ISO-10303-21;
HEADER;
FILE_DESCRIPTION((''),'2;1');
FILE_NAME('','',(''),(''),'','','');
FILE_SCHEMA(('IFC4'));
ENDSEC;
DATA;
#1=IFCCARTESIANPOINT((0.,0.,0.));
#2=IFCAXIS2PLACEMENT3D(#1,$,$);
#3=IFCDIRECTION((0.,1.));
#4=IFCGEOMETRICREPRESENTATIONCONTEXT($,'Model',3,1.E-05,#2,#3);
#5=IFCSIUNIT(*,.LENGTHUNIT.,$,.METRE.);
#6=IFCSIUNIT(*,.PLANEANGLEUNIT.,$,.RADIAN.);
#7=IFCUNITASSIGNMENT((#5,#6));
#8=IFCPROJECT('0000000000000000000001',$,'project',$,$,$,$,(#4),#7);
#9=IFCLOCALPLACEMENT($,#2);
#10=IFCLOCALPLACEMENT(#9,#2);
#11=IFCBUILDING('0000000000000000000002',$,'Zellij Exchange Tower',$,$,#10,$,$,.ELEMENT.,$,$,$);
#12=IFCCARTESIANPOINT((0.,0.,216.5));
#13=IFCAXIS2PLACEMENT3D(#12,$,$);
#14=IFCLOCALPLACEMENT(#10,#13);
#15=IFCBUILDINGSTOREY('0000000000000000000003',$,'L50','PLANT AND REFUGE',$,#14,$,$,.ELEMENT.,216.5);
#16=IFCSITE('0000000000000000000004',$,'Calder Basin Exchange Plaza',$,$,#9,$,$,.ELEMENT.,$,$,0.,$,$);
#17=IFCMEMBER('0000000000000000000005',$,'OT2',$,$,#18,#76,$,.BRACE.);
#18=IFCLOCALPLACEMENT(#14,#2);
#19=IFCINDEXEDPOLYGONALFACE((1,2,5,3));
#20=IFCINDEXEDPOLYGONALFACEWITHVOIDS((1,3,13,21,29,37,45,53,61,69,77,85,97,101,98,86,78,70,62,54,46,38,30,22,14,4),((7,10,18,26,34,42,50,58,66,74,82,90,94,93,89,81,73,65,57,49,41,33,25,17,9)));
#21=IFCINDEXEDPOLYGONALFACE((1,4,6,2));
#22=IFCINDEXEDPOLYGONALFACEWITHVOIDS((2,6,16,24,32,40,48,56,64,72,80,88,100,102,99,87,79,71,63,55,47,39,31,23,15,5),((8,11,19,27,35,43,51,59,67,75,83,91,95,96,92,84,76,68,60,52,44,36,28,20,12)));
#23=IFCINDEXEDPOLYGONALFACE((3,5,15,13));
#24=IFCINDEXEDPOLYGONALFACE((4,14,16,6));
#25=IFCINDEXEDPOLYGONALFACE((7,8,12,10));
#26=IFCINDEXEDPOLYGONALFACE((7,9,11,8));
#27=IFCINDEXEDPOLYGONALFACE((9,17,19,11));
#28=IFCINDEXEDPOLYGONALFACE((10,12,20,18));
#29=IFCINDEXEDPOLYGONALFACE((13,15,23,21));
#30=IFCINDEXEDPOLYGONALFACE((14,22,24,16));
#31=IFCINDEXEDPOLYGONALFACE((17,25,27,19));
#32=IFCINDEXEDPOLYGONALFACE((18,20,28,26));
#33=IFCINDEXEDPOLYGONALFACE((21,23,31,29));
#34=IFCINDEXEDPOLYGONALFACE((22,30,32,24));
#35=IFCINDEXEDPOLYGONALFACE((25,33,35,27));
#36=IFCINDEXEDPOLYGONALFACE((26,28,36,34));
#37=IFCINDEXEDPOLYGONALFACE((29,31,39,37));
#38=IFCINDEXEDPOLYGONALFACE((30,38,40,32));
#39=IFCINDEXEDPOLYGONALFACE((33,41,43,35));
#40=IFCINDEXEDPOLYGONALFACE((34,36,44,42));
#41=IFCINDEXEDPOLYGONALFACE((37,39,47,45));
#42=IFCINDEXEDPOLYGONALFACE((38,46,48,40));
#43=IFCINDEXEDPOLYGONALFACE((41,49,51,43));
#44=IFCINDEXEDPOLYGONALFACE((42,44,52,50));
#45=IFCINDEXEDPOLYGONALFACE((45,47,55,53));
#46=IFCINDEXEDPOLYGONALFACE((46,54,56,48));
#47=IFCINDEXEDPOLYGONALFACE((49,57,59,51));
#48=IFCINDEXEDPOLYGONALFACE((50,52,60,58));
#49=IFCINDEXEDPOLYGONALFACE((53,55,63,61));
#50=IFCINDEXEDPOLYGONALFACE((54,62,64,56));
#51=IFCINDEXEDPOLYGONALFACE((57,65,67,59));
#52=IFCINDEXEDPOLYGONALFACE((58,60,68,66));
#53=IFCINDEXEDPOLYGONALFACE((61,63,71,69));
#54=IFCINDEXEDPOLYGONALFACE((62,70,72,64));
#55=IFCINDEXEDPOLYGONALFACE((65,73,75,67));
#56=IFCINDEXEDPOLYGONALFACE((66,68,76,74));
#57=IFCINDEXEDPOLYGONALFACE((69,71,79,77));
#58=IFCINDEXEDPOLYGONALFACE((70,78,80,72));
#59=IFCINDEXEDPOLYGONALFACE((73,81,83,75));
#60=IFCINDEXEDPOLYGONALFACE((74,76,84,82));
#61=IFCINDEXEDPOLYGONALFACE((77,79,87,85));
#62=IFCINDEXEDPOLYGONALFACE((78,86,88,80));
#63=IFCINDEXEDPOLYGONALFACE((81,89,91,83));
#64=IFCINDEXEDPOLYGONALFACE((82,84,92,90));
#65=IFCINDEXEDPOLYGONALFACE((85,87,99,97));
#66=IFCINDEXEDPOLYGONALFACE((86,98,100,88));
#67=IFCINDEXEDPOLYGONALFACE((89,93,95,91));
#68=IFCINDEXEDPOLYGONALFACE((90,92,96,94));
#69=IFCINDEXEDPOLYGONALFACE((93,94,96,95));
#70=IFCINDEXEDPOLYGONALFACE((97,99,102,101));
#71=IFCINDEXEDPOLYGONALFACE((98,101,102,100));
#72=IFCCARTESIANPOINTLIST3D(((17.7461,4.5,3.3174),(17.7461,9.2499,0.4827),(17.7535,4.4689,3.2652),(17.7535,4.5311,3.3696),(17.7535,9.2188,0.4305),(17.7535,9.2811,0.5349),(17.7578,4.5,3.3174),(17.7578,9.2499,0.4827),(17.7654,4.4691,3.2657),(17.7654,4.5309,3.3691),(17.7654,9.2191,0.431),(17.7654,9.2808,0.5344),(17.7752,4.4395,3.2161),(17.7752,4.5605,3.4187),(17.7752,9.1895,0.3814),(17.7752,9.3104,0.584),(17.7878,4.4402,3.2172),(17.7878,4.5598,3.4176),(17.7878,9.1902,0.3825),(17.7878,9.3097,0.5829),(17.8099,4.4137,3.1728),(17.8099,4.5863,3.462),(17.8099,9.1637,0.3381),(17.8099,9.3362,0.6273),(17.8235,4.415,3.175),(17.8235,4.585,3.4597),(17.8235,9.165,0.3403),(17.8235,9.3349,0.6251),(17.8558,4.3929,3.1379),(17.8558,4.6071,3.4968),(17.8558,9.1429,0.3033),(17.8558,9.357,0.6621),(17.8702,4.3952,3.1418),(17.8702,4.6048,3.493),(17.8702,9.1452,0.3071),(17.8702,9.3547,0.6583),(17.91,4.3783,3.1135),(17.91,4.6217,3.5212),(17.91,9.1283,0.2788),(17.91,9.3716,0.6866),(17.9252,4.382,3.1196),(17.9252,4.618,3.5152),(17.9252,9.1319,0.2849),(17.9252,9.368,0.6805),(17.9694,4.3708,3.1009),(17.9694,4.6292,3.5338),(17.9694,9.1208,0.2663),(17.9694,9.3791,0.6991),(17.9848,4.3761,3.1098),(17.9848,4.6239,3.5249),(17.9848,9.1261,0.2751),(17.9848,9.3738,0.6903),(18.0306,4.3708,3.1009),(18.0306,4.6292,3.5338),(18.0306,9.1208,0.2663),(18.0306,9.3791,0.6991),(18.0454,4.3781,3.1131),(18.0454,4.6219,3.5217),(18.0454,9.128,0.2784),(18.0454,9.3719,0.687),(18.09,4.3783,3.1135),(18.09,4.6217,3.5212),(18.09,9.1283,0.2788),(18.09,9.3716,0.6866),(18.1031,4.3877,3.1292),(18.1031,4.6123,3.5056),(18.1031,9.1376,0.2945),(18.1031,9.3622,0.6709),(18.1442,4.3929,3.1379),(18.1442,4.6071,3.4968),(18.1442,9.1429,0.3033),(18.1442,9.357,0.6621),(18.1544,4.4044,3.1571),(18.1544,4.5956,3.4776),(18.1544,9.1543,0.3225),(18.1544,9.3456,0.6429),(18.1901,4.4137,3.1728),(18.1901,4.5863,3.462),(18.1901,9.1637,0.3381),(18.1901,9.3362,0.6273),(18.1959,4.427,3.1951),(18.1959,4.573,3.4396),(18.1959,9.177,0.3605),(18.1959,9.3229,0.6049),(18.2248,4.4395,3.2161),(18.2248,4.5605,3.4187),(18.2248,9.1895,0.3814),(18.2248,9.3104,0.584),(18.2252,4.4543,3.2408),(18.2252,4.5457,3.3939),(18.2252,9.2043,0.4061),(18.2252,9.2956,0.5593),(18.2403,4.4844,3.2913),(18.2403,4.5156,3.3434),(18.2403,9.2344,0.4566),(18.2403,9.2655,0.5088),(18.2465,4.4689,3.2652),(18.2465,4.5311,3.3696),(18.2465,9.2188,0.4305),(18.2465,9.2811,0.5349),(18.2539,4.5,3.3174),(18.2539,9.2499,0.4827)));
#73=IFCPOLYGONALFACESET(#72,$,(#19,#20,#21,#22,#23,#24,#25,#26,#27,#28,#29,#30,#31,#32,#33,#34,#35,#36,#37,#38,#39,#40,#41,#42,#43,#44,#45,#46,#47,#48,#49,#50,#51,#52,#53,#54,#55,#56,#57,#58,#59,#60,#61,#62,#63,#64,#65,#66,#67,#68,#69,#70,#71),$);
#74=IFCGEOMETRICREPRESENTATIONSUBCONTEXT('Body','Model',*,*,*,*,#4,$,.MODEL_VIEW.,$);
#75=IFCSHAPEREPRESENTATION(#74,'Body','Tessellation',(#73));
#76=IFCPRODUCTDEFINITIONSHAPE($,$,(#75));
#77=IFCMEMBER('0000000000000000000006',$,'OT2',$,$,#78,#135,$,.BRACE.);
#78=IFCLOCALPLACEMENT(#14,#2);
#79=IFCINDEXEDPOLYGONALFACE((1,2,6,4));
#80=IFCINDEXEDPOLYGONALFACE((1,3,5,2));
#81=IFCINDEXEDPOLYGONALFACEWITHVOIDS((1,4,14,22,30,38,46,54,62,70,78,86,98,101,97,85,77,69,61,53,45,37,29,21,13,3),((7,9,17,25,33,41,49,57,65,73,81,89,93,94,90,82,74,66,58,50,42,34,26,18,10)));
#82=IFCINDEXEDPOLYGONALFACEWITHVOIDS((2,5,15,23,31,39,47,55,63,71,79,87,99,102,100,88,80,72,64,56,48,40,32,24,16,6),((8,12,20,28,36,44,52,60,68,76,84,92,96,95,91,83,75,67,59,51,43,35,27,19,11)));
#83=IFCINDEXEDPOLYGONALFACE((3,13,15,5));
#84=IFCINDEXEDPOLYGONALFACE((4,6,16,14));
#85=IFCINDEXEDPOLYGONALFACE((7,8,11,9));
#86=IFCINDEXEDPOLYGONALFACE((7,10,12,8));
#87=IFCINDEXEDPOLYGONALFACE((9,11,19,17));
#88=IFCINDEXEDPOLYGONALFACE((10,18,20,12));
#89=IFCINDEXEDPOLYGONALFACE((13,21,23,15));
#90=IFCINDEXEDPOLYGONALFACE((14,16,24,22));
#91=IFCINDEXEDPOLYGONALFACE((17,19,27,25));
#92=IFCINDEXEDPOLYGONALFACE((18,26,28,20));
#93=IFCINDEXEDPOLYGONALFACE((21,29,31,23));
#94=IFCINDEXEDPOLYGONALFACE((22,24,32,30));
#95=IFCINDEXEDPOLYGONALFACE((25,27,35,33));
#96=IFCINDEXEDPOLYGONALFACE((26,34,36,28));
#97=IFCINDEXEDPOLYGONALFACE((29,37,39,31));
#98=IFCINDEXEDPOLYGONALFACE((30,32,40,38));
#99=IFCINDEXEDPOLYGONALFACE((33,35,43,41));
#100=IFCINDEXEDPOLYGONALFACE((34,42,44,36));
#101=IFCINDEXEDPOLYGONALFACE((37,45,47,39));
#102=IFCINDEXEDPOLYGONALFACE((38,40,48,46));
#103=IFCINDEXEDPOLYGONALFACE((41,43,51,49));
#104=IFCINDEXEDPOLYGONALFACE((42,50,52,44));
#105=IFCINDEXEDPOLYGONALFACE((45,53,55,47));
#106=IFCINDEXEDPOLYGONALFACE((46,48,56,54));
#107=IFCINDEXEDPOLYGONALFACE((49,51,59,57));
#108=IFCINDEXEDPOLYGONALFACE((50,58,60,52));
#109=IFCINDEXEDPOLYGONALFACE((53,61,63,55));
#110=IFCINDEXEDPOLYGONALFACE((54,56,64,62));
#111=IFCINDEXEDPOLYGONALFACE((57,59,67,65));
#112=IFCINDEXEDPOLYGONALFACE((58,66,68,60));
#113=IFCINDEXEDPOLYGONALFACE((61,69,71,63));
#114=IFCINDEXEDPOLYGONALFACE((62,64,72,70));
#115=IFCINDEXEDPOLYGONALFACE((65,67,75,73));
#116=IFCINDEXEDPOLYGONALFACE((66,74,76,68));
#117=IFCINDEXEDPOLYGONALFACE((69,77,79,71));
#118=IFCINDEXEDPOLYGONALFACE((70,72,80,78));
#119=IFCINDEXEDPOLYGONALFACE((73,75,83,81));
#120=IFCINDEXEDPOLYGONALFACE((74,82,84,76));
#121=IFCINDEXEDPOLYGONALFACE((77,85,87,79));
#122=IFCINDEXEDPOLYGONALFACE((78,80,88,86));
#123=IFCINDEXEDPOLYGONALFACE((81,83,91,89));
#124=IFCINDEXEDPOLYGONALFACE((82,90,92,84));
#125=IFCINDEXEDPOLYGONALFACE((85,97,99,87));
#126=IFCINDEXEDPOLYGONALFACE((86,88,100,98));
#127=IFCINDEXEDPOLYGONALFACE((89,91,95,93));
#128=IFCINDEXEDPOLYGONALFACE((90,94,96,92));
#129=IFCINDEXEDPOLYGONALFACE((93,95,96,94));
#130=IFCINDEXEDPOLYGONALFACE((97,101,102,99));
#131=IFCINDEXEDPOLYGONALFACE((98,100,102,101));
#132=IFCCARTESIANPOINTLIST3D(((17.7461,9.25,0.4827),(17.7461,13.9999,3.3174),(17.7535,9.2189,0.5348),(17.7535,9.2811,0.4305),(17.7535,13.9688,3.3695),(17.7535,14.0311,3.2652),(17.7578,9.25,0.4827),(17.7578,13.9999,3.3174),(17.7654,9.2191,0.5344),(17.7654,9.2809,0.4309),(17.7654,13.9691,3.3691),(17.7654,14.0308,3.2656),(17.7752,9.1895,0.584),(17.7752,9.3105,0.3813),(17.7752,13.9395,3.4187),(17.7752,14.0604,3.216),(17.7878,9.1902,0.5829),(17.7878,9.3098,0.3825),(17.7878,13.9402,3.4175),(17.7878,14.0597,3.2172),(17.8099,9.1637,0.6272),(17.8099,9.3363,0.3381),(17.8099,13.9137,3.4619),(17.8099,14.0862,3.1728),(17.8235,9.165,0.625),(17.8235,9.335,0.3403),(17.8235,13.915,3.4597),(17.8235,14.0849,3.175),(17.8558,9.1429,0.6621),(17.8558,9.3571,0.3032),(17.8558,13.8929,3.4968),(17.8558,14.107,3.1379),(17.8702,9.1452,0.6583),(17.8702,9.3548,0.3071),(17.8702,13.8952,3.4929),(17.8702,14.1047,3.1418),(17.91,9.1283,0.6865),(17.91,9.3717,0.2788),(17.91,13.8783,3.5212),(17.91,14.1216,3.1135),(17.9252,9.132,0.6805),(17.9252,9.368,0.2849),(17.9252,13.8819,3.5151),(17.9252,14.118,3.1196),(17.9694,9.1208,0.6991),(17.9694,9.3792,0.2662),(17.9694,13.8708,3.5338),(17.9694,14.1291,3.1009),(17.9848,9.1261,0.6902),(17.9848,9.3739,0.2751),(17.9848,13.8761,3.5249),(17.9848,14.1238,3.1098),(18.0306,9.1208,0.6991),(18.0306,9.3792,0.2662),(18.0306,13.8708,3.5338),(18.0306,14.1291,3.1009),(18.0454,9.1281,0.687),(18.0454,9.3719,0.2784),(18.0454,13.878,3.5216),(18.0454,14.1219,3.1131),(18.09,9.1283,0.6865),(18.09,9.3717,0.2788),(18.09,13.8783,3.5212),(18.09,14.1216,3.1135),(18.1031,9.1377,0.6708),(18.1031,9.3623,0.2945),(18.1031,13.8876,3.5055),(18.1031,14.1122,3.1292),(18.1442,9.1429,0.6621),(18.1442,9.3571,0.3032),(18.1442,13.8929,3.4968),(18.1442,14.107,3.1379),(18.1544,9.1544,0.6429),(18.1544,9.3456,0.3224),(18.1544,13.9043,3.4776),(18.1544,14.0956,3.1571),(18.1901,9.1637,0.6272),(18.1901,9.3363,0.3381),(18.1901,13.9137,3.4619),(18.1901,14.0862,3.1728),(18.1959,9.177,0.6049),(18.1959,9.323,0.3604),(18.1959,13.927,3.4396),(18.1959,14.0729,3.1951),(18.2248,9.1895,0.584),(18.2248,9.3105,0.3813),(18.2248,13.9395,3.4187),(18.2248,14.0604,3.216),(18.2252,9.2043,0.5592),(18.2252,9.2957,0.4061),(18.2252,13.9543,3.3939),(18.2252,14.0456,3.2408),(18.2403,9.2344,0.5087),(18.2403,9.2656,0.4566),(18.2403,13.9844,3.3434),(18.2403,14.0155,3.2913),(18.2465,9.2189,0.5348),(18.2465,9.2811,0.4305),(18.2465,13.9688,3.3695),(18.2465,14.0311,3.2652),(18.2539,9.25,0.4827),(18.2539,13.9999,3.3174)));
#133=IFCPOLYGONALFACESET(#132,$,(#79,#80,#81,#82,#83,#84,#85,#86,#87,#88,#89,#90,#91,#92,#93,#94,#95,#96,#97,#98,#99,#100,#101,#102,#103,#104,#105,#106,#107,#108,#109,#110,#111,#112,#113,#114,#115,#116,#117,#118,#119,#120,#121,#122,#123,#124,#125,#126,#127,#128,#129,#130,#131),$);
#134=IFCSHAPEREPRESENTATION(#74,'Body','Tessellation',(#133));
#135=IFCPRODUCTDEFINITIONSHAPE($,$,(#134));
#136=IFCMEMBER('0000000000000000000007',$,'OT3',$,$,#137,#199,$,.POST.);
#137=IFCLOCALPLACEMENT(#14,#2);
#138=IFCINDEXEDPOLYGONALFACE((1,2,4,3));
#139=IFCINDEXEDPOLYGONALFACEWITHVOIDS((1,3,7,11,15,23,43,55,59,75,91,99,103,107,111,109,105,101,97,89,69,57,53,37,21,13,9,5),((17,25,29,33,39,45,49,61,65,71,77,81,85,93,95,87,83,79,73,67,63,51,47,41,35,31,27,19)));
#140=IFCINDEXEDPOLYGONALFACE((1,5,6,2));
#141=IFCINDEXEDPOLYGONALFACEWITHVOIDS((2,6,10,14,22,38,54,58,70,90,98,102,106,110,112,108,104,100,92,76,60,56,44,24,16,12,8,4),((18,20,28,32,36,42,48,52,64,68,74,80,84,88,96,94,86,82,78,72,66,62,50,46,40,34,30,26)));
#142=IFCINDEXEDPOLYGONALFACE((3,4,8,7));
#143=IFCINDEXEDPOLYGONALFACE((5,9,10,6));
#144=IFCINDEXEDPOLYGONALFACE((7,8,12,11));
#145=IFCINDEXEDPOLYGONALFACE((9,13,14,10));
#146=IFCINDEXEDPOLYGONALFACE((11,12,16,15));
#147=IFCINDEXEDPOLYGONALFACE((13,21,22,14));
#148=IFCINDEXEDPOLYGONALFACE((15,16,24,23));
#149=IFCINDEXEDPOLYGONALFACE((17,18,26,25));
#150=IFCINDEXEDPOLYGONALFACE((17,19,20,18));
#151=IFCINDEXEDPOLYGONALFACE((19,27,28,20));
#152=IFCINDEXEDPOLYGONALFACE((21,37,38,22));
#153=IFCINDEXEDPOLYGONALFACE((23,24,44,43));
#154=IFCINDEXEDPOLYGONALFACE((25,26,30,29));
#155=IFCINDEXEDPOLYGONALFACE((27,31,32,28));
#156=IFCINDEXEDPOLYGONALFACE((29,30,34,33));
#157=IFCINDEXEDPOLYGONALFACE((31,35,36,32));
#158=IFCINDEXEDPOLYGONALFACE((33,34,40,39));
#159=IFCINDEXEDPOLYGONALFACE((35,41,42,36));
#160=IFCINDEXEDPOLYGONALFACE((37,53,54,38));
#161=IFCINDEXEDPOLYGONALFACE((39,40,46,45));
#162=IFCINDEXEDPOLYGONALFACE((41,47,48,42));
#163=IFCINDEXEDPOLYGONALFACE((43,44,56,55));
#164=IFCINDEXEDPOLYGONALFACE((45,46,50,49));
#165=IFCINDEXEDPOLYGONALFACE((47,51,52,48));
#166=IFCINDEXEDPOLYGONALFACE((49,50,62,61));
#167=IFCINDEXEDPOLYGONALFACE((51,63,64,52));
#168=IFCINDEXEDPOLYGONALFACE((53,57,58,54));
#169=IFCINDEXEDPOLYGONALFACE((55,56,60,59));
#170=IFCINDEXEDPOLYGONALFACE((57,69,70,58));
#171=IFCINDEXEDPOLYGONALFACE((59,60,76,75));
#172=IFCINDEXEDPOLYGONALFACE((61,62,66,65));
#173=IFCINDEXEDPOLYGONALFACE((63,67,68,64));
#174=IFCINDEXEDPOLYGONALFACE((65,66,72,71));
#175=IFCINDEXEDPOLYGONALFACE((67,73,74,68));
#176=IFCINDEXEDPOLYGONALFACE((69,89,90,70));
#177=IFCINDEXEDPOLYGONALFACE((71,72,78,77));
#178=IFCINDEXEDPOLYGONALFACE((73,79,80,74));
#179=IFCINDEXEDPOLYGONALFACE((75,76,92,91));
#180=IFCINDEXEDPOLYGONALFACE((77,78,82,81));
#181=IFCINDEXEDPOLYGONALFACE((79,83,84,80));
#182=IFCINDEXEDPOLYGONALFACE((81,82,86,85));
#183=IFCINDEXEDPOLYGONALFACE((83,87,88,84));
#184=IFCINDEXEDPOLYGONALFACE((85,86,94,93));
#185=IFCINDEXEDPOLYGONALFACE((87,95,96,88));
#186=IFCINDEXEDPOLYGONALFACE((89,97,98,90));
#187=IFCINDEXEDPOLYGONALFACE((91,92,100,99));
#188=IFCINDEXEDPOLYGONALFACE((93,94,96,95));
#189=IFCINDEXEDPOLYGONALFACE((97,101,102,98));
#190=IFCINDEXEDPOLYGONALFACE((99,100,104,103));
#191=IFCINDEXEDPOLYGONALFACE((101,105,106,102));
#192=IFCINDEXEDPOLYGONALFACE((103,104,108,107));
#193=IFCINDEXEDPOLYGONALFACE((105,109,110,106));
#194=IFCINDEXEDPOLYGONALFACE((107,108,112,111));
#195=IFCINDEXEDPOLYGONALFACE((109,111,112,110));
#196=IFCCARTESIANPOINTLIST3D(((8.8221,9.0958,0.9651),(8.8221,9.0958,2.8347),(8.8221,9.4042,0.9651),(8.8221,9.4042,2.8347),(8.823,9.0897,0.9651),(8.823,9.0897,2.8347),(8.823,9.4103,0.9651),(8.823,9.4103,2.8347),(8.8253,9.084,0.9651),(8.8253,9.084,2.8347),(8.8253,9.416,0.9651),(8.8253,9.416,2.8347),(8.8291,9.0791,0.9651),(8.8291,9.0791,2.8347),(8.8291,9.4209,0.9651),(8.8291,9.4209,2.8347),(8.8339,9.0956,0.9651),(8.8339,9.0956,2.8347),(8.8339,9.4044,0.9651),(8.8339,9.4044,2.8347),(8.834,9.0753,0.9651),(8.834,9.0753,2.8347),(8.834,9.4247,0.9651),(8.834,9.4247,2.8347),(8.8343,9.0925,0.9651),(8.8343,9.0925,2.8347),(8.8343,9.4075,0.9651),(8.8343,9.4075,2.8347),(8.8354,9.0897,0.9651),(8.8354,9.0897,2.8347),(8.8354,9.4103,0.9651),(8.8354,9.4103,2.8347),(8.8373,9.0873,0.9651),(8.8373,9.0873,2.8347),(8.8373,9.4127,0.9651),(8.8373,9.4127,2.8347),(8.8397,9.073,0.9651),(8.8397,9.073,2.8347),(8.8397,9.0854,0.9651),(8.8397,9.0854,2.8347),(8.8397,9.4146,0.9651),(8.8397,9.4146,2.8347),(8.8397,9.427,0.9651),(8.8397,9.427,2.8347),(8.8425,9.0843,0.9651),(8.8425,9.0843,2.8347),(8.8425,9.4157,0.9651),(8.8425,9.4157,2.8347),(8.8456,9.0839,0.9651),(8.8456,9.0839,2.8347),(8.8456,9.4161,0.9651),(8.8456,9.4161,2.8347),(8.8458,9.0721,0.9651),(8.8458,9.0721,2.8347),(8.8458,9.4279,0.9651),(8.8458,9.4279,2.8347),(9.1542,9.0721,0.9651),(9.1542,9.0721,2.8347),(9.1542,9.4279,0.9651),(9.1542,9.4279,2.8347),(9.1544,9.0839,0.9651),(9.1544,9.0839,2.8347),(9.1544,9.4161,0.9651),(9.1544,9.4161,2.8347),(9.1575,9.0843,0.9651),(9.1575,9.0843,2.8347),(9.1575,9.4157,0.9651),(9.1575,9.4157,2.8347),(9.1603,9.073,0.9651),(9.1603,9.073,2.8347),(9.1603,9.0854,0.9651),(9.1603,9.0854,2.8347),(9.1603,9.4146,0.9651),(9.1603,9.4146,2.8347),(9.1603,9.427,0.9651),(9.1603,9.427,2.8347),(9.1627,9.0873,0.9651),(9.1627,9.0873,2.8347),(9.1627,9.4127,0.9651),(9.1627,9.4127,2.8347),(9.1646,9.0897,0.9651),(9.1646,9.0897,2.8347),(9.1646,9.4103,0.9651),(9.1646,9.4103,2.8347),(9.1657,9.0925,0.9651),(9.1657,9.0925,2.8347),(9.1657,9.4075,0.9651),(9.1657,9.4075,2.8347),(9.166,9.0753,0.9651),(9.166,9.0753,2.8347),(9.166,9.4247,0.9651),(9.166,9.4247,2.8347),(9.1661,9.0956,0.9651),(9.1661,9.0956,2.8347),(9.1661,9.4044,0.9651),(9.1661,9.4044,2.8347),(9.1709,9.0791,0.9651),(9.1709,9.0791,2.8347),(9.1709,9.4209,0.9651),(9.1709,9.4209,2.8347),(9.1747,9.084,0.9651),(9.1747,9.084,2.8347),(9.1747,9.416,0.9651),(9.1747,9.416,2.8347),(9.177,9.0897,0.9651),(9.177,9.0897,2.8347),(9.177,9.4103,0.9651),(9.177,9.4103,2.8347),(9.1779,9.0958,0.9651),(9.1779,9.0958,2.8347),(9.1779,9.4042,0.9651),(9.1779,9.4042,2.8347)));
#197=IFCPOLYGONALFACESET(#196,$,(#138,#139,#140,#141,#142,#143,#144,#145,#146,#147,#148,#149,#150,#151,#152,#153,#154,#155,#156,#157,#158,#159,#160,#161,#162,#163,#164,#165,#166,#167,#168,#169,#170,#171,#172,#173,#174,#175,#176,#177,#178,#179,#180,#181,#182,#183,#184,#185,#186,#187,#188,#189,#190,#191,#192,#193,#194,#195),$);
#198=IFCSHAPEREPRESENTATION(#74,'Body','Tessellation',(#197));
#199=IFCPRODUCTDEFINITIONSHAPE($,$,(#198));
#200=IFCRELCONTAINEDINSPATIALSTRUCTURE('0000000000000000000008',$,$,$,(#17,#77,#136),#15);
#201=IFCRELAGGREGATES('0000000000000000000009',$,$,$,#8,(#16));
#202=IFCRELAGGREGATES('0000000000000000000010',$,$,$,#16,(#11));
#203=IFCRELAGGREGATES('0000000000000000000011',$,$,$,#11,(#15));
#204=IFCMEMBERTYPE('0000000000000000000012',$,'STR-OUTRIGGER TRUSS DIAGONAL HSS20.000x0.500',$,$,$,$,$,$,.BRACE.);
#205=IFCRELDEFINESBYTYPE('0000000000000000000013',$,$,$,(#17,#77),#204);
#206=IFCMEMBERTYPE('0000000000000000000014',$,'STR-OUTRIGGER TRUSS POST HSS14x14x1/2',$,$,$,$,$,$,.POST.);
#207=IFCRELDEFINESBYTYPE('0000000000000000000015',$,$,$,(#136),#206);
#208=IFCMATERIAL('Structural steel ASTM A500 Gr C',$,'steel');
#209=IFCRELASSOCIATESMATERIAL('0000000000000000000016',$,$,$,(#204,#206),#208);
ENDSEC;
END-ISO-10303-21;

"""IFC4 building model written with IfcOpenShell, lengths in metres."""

from ifc_helpers import new_model, si_unit, direction, frame, origin, origin_2d, place, context, subcontext, project, spatial, hollow_rectangle, hollow_circle, extrude, material, material_profile, profile_set, type_object, element, save


model = new_model("IFC4")

# Units and contexts
model_context = context("Model", 3, precision=1e-05, world=origin(), true_north=direction((0.0, 1.0)))
body_context = subcontext(model_context, "Body", "Model", "MODEL_VIEW")
ifc_project = project(units=[si_unit("LENGTHUNIT", "METRE"), si_unit("PLANEANGLEUNIT", "RADIAN")], contexts=[model_context])

# Site, building, storey
site_placement = place(None, origin())
site = spatial("IfcSite", under=ifc_project, at=site_placement, Name="Calder Basin Exchange Plaza", CompositionType="ELEMENT", RefElevation=0.0)
building_placement = place(site_placement, origin())
building = spatial("IfcBuilding", under=site, at=building_placement, Name="Zellij Exchange Tower", CompositionType="ELEMENT")
storey_placement = place(building_placement, frame((0.0, 0.0, 216.5)))
storey = spatial("IfcBuildingStorey", under=building, at=storey_placement, Name="L50", Description="PLANT AND REFUGE", CompositionType="ELEMENT", Elevation=216.5)

# Members
ifc_material_1 = material(Name="Structural steel ASTM A500 Gr C", Category="steel")
ifc_material_profile_1 = material_profile(ifc_material_1, hollow_circle(Radius=0.2539, WallThickness=0.0117, at=origin_2d()), Name="STR-OUTRIGGER TRUSS DIAGONAL HSS20.000x0.500")
ifc_profile_set_1 = profile_set([ifc_material_profile_1], Name="Structural steel ASTM A500 Gr C")
member_type_1 = type_object("IfcMemberType", Name="STR-OUTRIGGER TRUSS DIAGONAL HSS20.000x0.500", PredefinedType="BRACE", material=ifc_profile_set_1)
for number, where, z_axis, x_axis, name in (
    (1, (18.0, 4.5, 3.3174), (0.0, 0.858709, -0.512463), (-1.0, 0.0, 0.0), "OT2"),
    (2, (18.0, 9.25, 0.4827), (0.0, 0.858709, 0.512463), (-1.0, 0.0, 0.0), "OT2"),
):
    element("IfcMember", number, at=place(storey_placement, frame(where, z_axis=z_axis, x_axis=x_axis)), inside=storey, type_object=member_type_1, Name=name, PredefinedType="BRACE", context=body_context, shape_type="SweptSolid", body=[
        extrude(hollow_circle(Radius=0.2539, WallThickness=0.0117, at=origin_2d()), origin(), (0.0, 0.0, 1.0), 5.5315),
    ])
ifc_material_profile_2 = material_profile(ifc_material_1, hollow_rectangle(XDim=0.3557, YDim=0.3557, WallThickness=0.0117, InnerFilletRadius=0.0117, OuterFilletRadius=0.0237, at=origin_2d()), Name="STR-OUTRIGGER TRUSS POST HSS14x14x1/2")
ifc_profile_set_2 = profile_set([ifc_material_profile_2], Name="Structural steel ASTM A500 Gr C")
member_type_2 = type_object("IfcMemberType", Name="STR-OUTRIGGER TRUSS POST HSS14x14x1/2", PredefinedType="POST", material=ifc_profile_set_2)
for number, where, z_axis, x_axis, name in (
    (3, (9.0, 9.25, 0.9651), (0.0, 0.0, 1.0), (1.0, 0.0, 0.0), "OT3"),
):
    element("IfcMember", number, at=place(storey_placement, frame(where, z_axis=z_axis, x_axis=x_axis)), inside=storey, type_object=member_type_2, Name=name, PredefinedType="POST", context=body_context, shape_type="SweptSolid", body=[
        extrude(hollow_rectangle(XDim=0.3557, YDim=0.3557, WallThickness=0.0117, InnerFilletRadius=0.0117, OuterFilletRadius=0.0237, at=origin_2d()), origin(), (0.0, 0.0, 1.0), 1.8696),
    ])

save(model, "model.ifc")
